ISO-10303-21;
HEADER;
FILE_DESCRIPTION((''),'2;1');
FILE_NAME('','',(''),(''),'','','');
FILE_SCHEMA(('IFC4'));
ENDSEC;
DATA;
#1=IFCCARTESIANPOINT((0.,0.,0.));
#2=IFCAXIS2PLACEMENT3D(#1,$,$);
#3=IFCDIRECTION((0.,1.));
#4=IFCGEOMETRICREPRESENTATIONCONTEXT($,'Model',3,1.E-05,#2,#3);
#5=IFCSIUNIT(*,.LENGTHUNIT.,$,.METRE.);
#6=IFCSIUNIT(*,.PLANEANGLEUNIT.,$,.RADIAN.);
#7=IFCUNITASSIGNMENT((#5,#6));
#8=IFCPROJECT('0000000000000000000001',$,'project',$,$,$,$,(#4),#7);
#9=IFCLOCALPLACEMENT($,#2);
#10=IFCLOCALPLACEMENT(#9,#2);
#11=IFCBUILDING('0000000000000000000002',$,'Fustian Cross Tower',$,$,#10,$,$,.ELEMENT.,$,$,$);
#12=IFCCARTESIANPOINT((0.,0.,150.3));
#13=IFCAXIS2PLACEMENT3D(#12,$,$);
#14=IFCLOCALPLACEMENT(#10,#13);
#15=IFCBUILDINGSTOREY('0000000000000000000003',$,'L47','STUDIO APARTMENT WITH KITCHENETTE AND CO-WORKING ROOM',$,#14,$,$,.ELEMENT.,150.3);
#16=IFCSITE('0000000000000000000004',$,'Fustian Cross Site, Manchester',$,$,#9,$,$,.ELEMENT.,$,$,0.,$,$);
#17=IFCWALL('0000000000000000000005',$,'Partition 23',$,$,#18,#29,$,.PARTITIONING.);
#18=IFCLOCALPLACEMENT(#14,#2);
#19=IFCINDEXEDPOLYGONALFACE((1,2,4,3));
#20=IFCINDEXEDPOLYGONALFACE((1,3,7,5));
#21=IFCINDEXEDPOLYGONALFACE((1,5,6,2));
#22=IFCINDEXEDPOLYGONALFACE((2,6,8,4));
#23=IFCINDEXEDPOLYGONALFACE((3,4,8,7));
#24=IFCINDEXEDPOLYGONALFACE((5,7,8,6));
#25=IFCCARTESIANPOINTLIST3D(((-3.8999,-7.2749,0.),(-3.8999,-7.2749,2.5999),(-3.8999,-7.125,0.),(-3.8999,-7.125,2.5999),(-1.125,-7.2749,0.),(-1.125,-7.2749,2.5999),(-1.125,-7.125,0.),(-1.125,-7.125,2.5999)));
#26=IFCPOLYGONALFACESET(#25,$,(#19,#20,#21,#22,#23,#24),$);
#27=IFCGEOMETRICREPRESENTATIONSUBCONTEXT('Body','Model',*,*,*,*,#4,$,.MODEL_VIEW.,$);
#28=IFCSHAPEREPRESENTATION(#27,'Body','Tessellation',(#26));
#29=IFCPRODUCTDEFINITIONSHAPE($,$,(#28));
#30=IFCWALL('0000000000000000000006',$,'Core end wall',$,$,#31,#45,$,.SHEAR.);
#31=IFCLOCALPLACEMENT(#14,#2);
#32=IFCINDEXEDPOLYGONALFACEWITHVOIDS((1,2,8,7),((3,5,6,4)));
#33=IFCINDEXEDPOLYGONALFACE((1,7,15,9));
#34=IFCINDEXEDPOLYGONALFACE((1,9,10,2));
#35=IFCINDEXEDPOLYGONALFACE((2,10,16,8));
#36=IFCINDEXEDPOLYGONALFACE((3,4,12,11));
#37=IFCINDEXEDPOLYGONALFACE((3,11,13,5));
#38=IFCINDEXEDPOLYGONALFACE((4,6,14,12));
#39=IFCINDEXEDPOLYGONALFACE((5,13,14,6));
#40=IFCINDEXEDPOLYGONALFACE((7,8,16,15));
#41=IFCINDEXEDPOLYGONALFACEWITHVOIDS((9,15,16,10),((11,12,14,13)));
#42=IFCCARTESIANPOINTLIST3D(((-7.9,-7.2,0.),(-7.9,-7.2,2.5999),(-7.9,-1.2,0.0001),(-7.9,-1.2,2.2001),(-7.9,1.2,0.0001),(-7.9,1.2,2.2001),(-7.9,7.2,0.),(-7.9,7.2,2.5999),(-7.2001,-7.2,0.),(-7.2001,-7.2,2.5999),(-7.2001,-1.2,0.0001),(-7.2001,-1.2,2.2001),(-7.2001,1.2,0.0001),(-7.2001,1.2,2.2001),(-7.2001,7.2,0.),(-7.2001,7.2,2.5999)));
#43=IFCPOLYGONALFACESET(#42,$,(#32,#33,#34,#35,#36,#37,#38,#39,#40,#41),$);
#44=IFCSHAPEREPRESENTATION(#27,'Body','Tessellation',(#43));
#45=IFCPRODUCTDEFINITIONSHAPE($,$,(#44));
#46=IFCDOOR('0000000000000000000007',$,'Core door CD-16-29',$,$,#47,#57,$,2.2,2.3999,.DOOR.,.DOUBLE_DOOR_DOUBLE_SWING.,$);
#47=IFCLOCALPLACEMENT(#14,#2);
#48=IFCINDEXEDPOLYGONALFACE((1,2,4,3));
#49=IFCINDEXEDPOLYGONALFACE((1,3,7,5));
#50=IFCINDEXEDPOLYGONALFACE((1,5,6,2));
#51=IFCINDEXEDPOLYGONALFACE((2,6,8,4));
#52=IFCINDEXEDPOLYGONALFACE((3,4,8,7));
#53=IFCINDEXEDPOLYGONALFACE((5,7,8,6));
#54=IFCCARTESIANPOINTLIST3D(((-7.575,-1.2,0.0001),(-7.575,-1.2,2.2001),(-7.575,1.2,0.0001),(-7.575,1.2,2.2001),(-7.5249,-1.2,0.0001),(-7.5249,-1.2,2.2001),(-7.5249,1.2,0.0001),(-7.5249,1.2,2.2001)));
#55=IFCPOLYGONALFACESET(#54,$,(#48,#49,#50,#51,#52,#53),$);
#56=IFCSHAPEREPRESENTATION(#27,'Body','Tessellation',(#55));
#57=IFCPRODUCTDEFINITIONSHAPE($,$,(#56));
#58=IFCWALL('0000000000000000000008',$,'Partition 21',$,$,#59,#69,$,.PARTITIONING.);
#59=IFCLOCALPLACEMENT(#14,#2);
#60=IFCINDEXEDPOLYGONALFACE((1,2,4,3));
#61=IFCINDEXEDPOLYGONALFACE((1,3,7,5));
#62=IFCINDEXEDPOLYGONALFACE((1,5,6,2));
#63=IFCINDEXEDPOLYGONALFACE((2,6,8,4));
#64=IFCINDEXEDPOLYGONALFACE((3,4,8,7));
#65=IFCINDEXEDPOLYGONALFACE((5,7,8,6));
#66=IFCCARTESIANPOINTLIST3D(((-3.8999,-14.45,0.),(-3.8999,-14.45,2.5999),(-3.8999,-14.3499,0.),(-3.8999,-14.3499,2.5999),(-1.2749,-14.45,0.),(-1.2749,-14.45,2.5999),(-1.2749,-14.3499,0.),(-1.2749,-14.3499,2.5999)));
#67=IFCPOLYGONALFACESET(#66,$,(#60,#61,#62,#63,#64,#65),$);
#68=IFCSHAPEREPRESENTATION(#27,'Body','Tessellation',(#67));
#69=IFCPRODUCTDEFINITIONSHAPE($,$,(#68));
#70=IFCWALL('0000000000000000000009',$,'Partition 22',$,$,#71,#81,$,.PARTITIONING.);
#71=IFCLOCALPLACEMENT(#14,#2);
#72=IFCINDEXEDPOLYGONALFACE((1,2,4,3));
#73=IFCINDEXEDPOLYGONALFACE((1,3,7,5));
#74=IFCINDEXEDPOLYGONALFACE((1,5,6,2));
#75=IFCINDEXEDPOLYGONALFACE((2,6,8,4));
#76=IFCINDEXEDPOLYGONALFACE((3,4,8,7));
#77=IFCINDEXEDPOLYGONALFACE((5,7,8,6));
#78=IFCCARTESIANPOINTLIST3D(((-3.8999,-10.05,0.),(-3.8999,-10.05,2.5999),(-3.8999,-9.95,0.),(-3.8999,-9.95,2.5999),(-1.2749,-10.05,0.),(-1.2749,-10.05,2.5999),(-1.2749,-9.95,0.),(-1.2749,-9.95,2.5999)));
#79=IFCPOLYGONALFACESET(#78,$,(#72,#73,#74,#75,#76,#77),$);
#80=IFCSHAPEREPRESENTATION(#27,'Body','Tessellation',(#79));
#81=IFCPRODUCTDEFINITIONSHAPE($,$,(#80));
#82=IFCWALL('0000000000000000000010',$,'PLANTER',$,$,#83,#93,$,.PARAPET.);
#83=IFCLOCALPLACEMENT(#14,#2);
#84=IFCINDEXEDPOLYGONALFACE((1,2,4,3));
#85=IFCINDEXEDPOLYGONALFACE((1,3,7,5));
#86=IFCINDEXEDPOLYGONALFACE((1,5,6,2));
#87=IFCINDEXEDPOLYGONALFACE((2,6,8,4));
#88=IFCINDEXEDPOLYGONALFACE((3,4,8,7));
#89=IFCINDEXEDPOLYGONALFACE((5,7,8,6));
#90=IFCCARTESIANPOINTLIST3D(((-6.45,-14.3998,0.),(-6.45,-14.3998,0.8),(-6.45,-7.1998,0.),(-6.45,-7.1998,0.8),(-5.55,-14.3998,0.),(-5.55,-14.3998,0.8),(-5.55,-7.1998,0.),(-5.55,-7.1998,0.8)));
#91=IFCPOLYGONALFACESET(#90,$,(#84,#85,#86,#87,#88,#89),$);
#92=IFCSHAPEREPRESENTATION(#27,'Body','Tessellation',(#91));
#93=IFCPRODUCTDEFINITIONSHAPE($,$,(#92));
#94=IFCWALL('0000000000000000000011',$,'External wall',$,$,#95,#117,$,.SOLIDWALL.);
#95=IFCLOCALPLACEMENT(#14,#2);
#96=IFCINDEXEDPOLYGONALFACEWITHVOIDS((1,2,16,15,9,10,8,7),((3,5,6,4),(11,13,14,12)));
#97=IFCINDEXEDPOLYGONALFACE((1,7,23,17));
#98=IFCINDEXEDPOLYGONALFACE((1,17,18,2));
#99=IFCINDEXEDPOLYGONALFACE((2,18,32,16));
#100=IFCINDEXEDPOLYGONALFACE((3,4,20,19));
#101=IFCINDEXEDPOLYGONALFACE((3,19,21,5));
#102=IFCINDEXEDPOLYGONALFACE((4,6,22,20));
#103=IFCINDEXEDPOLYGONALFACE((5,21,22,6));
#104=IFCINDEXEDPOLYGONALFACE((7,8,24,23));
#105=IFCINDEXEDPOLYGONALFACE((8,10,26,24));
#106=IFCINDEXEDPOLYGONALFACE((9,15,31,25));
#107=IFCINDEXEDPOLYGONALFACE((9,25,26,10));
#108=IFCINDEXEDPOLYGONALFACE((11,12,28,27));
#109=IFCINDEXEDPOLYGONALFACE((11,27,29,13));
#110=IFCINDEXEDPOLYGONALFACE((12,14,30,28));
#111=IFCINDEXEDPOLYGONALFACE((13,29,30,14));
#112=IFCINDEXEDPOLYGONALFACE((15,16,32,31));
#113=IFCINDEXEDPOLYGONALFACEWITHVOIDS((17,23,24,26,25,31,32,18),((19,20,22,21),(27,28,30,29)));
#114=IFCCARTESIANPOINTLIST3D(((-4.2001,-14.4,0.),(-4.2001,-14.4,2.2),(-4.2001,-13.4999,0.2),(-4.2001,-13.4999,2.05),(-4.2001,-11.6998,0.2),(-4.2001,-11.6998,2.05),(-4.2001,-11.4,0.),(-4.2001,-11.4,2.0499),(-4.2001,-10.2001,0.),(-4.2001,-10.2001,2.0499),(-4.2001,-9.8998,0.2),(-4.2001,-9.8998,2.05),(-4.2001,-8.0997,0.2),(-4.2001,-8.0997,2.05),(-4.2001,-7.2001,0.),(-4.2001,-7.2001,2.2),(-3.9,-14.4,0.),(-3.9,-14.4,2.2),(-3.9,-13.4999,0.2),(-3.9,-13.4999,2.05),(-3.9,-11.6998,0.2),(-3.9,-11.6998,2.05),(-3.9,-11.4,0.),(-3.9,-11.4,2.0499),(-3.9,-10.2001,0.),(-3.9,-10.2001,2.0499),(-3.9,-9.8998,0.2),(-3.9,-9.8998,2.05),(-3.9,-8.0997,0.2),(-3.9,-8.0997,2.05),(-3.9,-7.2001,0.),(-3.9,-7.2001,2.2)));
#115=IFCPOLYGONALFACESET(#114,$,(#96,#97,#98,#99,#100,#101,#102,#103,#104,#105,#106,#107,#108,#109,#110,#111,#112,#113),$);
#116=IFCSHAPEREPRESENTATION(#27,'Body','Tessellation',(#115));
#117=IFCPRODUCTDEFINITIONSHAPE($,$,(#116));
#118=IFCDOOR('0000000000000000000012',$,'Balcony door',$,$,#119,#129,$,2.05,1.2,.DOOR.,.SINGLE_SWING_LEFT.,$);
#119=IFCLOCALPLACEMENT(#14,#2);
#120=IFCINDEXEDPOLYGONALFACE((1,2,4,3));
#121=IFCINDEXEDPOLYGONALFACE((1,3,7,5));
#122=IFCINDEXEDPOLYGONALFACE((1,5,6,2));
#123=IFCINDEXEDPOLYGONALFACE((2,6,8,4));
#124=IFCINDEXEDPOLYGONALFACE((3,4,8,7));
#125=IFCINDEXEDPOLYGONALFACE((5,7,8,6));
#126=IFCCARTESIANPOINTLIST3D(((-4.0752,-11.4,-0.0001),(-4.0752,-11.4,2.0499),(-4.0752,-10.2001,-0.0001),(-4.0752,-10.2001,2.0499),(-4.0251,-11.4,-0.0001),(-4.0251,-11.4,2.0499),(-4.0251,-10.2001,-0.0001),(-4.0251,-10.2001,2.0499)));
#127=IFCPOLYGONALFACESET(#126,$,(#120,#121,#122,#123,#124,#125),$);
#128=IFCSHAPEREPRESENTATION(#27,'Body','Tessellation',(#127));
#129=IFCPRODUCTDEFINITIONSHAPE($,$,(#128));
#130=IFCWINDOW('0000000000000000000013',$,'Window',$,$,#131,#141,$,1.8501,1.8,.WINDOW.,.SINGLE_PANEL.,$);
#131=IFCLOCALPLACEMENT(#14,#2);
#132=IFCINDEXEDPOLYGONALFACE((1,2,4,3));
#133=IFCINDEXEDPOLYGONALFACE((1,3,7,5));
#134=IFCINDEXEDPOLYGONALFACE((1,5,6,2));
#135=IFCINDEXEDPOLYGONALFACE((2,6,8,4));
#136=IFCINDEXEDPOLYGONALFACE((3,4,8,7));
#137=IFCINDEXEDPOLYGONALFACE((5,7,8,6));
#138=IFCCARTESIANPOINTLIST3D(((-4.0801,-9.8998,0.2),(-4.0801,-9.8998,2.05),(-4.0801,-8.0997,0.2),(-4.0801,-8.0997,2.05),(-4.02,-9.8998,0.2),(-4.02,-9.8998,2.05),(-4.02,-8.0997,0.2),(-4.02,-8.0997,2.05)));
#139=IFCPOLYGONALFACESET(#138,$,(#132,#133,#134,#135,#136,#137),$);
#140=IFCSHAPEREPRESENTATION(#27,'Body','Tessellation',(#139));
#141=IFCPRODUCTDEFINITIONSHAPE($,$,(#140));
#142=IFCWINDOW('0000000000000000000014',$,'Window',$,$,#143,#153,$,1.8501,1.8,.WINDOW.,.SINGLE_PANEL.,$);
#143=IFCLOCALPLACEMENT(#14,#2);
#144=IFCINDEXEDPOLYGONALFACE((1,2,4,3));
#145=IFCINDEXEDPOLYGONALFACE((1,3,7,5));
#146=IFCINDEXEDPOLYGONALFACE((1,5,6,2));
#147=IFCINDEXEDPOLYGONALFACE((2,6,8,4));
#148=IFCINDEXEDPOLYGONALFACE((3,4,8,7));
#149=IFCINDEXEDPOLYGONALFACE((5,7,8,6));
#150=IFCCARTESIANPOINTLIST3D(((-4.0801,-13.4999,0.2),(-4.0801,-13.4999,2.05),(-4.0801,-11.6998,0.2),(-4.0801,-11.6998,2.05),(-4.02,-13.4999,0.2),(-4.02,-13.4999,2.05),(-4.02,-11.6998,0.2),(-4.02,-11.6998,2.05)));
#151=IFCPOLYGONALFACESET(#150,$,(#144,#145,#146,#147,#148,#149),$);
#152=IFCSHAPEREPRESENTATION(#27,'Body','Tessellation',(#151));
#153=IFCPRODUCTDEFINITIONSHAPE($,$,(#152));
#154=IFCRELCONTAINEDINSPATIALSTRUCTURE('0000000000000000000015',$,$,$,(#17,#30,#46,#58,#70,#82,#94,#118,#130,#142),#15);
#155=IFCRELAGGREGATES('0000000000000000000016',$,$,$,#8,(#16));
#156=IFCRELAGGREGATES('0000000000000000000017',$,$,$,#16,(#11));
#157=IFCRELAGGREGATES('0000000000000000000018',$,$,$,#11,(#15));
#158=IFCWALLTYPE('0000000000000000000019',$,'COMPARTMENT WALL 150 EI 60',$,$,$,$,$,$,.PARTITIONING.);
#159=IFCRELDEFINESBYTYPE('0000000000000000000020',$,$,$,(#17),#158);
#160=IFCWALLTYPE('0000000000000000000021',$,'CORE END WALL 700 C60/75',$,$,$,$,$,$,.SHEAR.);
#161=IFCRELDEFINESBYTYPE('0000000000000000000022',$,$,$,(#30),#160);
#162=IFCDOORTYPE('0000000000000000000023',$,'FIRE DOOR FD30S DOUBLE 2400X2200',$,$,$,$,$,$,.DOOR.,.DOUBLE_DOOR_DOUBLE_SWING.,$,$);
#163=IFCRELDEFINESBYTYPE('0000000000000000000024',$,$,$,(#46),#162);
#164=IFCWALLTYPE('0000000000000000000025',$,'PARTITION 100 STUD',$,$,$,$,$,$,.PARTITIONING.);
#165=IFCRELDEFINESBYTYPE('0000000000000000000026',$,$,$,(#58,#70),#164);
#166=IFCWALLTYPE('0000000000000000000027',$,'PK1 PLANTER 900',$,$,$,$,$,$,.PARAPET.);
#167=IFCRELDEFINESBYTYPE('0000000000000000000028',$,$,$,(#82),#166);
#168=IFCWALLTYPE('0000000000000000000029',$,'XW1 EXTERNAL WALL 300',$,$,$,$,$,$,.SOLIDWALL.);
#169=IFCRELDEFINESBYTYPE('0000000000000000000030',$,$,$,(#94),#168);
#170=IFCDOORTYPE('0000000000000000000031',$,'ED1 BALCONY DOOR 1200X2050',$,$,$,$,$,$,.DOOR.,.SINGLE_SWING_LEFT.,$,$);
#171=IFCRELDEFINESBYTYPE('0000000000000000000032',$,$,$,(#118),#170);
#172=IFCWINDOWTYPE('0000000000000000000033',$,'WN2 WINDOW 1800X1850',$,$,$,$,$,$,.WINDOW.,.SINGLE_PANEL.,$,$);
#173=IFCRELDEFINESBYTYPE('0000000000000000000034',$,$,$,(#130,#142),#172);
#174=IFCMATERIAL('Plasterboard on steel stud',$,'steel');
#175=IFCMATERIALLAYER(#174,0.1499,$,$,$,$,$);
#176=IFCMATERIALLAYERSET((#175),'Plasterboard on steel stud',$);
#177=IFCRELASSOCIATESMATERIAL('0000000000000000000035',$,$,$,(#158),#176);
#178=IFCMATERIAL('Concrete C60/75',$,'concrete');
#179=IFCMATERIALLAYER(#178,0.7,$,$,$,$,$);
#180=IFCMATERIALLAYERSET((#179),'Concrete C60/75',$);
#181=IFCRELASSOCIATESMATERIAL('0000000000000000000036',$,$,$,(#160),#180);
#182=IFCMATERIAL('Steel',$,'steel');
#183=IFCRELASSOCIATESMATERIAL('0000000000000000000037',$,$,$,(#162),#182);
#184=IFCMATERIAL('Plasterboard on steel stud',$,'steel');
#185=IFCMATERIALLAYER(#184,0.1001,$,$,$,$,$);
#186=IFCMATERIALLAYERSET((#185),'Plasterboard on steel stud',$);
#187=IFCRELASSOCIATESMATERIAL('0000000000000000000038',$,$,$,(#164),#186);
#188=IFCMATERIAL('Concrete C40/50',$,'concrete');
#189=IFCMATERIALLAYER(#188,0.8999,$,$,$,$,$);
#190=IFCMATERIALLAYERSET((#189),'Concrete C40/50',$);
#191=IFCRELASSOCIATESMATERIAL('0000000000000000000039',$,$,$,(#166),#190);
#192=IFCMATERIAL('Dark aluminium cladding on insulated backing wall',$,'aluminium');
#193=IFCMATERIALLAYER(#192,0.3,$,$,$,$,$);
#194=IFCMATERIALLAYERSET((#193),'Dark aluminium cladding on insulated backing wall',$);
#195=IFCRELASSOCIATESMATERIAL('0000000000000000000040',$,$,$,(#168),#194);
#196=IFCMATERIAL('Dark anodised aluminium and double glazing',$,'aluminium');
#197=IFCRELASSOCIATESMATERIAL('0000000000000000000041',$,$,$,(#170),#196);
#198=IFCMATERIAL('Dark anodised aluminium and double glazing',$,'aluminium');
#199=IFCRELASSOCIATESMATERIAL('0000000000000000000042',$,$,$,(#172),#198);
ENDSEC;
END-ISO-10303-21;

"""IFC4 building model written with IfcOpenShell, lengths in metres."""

from ifc_helpers import new_model, si_unit, direction, frame, frame_2d, origin, place, context, subcontext, project, spatial, rectangle, extrude, material, layer, layer_set, type_object, element, fill, save


model = new_model("IFC4")

# Units and contexts
model_context = context("Model", 3, precision=1e-05, world=origin(), true_north=direction((0.0, 1.0)))
body_context = subcontext(model_context, "Body", "Model", "MODEL_VIEW")
ifc_project = project(units=[si_unit("LENGTHUNIT", "METRE"), si_unit("PLANEANGLEUNIT", "RADIAN")], contexts=[model_context])

# Site, building, storey
site_placement = place(None, origin())
site = spatial("IfcSite", under=ifc_project, at=site_placement, Name="Fustian Cross Site, Manchester", CompositionType="ELEMENT", RefElevation=0.0)
building_placement = place(site_placement, origin())
building = spatial("IfcBuilding", under=site, at=building_placement, Name="Fustian Cross Tower", CompositionType="ELEMENT")
storey_placement = place(building_placement, frame((0.0, 0.0, 150.3)))
storey = spatial("IfcBuildingStorey", under=building, at=storey_placement, Name="L47", Description="STUDIO APARTMENT WITH KITCHENETTE AND CO-WORKING ROOM", CompositionType="ELEMENT", Elevation=150.3)

# Wall
ifc_material_1 = material(Name="Plasterboard on steel stud", Category="steel")
ifc_layer_1 = layer(ifc_material_1, 0.1499)
ifc_layer_set_1 = layer_set([ifc_layer_1], Name="Plasterboard on steel stud")
wall_type_1 = type_object("IfcWallType", Name="COMPARTMENT WALL 150 EI 60", PredefinedType="PARTITIONING", material=ifc_layer_set_1)
wall_1_placement = place(storey_placement, frame((-3.8999, -7.2, 0.0), z_axis=(0.0, 0.0, 1.0), x_axis=(1.0, 0.0, 0.0)))
element("IfcWall", 1, at=wall_1_placement, inside=storey, type_object=wall_type_1, Name="Partition 23", PredefinedType="PARTITIONING", context=body_context, shape_type="SweptSolid", body=[
    extrude(rectangle(XDim=2.7749, YDim=0.1499, at=frame_2d((1.3875, 0.0))), origin(), (0.0, 0.0, 1.0), 2.5999),
])

# Wall, opening, door
ifc_material_2 = material(Name="Concrete C60/75", Category="concrete")
ifc_layer_2 = layer(ifc_material_2, 0.7)
ifc_layer_set_2 = layer_set([ifc_layer_2], Name="Concrete C60/75")
wall_type_2 = type_object("IfcWallType", Name="CORE END WALL 700 C60/75", PredefinedType="SHEAR", material=ifc_layer_set_2)
wall_2_placement = place(storey_placement, frame((-7.55, -7.2, 0.0), z_axis=(0.0, 0.0, 1.0), x_axis=(0.0, 1.0, 0.0)))
wall_2 = element("IfcWall", 2, at=wall_2_placement, inside=storey, type_object=wall_type_2, Name="Core end wall", PredefinedType="SHEAR", context=body_context, shape_type="SweptSolid", body=[
    extrude(rectangle(XDim=14.3999, YDim=0.7, at=frame_2d((7.2, 0.0))), origin(), (0.0, 0.0, 1.0), 2.5999),
])
opening_1_placement = place(wall_2_placement, frame((6.0, 0.0, 0.0)))
opening_1 = element("IfcOpeningElement", 3, at=opening_1_placement, cuts=wall_2, PredefinedType="OPENING", context=body_context, shape_type="SweptSolid", body=[
    extrude(rectangle(XDim=2.3999, YDim=2.2, at=frame_2d((1.2, 1.1001))), frame((0.0, 0.3599, 0.0), z_axis=(0.0, -1.0, 0.0), x_axis=(1.0, 0.0, 0.0)), (0.0, 0.0, 1.0), 0.72),
])
ifc_material_3 = material(Name="Steel", Category="steel")
door_type_1 = type_object("IfcDoorType", Name="FIRE DOOR FD30S DOUBLE 2400X2200", OperationType="DOUBLE_DOOR_DOUBLE_SWING", PredefinedType="DOOR", material=ifc_material_3)
door_1_placement = place(opening_1_placement, origin())
door_1 = element("IfcDoor", 4, at=door_1_placement, inside=storey, type_object=door_type_1, Name="Core door CD-16-29", OperationType="DOUBLE_DOOR_DOUBLE_SWING", OverallHeight=2.2, OverallWidth=2.3999, PredefinedType="DOOR", context=body_context, shape_type="SweptSolid", body=[
    extrude(rectangle(XDim=2.3999, YDim=2.2, at=frame_2d((1.2, 1.1001))), frame((0.0, 0.0249, 0.0), z_axis=(0.0, -1.0, 0.0), x_axis=(1.0, 0.0, 0.0)), (0.0, 0.0, 1.0), 0.05),
])
fill(opening_1, door_1)

# Walls
ifc_material_4 = material(Name="Plasterboard on steel stud", Category="steel")
ifc_layer_3 = layer(ifc_material_4, 0.1001)
ifc_layer_set_3 = layer_set([ifc_layer_3], Name="Plasterboard on steel stud")
wall_type_3 = type_object("IfcWallType", Name="PARTITION 100 STUD", PredefinedType="PARTITIONING", material=ifc_layer_set_3)
for number, where, z_axis, x_axis, name in (
    (5, (-3.8999, -14.3999, 0.0), (0.0, 0.0, 1.0), (1.0, 0.0, 0.0), "Partition 21"),
    (6, (-3.8999, -10.0, 0.0), (0.0, 0.0, 1.0), (1.0, 0.0, 0.0), "Partition 22"),
):
    element("IfcWall", number, at=place(storey_placement, frame(where, z_axis=z_axis, x_axis=x_axis)), inside=storey, type_object=wall_type_3, Name=name, PredefinedType="PARTITIONING", context=body_context, shape_type="SweptSolid", body=[
        extrude(rectangle(XDim=2.625, YDim=0.1001, at=frame_2d((1.3125, 0.0))), origin(), (0.0, 0.0, 1.0), 2.5999),
    ])
ifc_material_5 = material(Name="Concrete C40/50", Category="concrete")
ifc_layer_4 = layer(ifc_material_5, 0.8999)
ifc_layer_set_4 = layer_set([ifc_layer_4], Name="Concrete C40/50")
wall_type_4 = type_object("IfcWallType", Name="PK1 PLANTER 900", PredefinedType="PARAPET", material=ifc_layer_set_4)
wall_3_placement = place(storey_placement, frame((-6.0, -14.3999, 0.0), z_axis=(0.0, 0.0, 1.0), x_axis=(0.0, 1.0, 0.0)))
element("IfcWall", 7, at=wall_3_placement, inside=storey, type_object=wall_type_4, Name="PLANTER", PredefinedType="PARAPET", context=body_context, shape_type="SweptSolid", body=[
    extrude(rectangle(XDim=7.2, YDim=0.8999, at=frame_2d((3.6001, 0.0))), origin(), (0.0, 0.0, 1.0), 0.8),
])

# Wall, openings, door, windows
ifc_material_6 = material(Name="Dark aluminium cladding on insulated backing wall", Category="aluminium")
ifc_layer_5 = layer(ifc_material_6, 0.3)
ifc_layer_set_5 = layer_set([ifc_layer_5], Name="Dark aluminium cladding on insulated backing wall")
wall_type_5 = type_object("IfcWallType", Name="XW1 EXTERNAL WALL 300", PredefinedType="SOLIDWALL", material=ifc_layer_set_5)
wall_4_placement = place(storey_placement, frame((-4.05, -7.2, 0.0), z_axis=(0.0, 0.0, 1.0), x_axis=(0.0, -1.0, 0.0)))
wall_4 = element("IfcWall", 8, at=wall_4_placement, inside=storey, type_object=wall_type_5, Name="External wall", PredefinedType="SOLIDWALL", context=body_context, shape_type="SweptSolid", body=[
    extrude(rectangle(XDim=7.2, YDim=0.3, at=frame_2d((3.6001, 0.0))), origin(), (0.0, 0.0, 1.0), 2.2),
])
opening_2_placement = place(wall_4_placement, frame((3.0, 0.0, 0.0)))
opening_2 = element("IfcOpeningElement", 9, at=opening_2_placement, cuts=wall_4, PredefinedType="OPENING", context=body_context, shape_type="SweptSolid", body=[
    extrude(rectangle(XDim=1.2, YDim=2.05, at=frame_2d((0.6001, 1.0249))), frame((0.0, 0.1599, 0.0), z_axis=(0.0, -1.0, 0.0), x_axis=(1.0, 0.0, 0.0)), (0.0, 0.0, 1.0), 0.3201),
])
opening_3_placement = place(wall_4_placement, frame((0.8999, 0.0, 0.2)))
opening_3 = element("IfcOpeningElement", 10, at=opening_3_placement, cuts=wall_4, PredefinedType="OPENING", context=body_context, shape_type="SweptSolid", body=[
    extrude(rectangle(XDim=1.8, YDim=1.8501, at=frame_2d((0.8999, 0.925))), frame((0.0, 0.1599, 0.0), z_axis=(0.0, -1.0, 0.0), x_axis=(1.0, 0.0, 0.0)), (0.0, 0.0, 1.0), 0.3201),
])
opening_4_placement = place(wall_4_placement, frame((4.5, 0.0, 0.2)))
opening_4 = element("IfcOpeningElement", 11, at=opening_4_placement, cuts=wall_4, PredefinedType="OPENING", context=body_context, shape_type="SweptSolid", body=[
    extrude(rectangle(XDim=1.8, YDim=1.8501, at=frame_2d((0.8999, 0.925))), frame((0.0, 0.1599, 0.0), z_axis=(0.0, -1.0, 0.0), x_axis=(1.0, 0.0, 0.0)), (0.0, 0.0, 1.0), 0.3201),
])
ifc_material_7 = material(Name="Dark anodised aluminium and double glazing", Category="aluminium")
door_type_2 = type_object("IfcDoorType", Name="ED1 BALCONY DOOR 1200X2050", OperationType="SINGLE_SWING_LEFT", PredefinedType="DOOR", material=ifc_material_7)
door_2_placement = place(opening_2_placement, origin())
door_2 = element("IfcDoor", 12, at=door_2_placement, inside=storey, type_object=door_type_2, Name="Balcony door", OperationType="SINGLE_SWING_LEFT", OverallHeight=2.05, OverallWidth=1.2, PredefinedType="DOOR", context=body_context, shape_type="SweptSolid", body=[
    extrude(rectangle(XDim=1.2, YDim=2.05, at=frame_2d((0.6001, 1.0249))), frame((0.0, 0.0249, 0.0), z_axis=(0.0, -1.0, 0.0), x_axis=(1.0, 0.0, 0.0)), (0.0, 0.0, 1.0), 0.05),
])
fill(opening_2, door_2)
ifc_material_8 = material(Name="Dark anodised aluminium and double glazing", Category="aluminium")
window_type = type_object("IfcWindowType", Name="WN2 WINDOW 1800X1850", PartitioningType="SINGLE_PANEL", PredefinedType="WINDOW", material=ifc_material_8)
window_1_placement = place(opening_3_placement, origin())
window_1 = element("IfcWindow", 13, at=window_1_placement, inside=storey, type_object=window_type, Name="Window", OverallHeight=1.8501, OverallWidth=1.8, PartitioningType="SINGLE_PANEL", PredefinedType="WINDOW", context=body_context, shape_type="SweptSolid", body=[
    extrude(rectangle(XDim=1.8, YDim=1.8501, at=frame_2d((0.8999, 0.925))), frame((0.0, 0.03, 0.0), z_axis=(0.0, -1.0, 0.0), x_axis=(1.0, 0.0, 0.0)), (0.0, 0.0, 1.0), 0.0601),
])
fill(opening_3, window_1)
window_2_placement = place(opening_4_placement, origin())
window_2 = element("IfcWindow", 14, at=window_2_placement, inside=storey, type_object=window_type, Name="Window", OverallHeight=1.8501, OverallWidth=1.8, PartitioningType="SINGLE_PANEL", PredefinedType="WINDOW", context=body_context, shape_type="SweptSolid", body=[
    extrude(rectangle(XDim=1.8, YDim=1.8501, at=frame_2d((0.8999, 0.925))), frame((0.0, 0.03, 0.0), z_axis=(0.0, -1.0, 0.0), x_axis=(1.0, 0.0, 0.0)), (0.0, 0.0, 1.0), 0.0601),
])
fill(opening_4, window_2)

save(model, "model.ifc")
